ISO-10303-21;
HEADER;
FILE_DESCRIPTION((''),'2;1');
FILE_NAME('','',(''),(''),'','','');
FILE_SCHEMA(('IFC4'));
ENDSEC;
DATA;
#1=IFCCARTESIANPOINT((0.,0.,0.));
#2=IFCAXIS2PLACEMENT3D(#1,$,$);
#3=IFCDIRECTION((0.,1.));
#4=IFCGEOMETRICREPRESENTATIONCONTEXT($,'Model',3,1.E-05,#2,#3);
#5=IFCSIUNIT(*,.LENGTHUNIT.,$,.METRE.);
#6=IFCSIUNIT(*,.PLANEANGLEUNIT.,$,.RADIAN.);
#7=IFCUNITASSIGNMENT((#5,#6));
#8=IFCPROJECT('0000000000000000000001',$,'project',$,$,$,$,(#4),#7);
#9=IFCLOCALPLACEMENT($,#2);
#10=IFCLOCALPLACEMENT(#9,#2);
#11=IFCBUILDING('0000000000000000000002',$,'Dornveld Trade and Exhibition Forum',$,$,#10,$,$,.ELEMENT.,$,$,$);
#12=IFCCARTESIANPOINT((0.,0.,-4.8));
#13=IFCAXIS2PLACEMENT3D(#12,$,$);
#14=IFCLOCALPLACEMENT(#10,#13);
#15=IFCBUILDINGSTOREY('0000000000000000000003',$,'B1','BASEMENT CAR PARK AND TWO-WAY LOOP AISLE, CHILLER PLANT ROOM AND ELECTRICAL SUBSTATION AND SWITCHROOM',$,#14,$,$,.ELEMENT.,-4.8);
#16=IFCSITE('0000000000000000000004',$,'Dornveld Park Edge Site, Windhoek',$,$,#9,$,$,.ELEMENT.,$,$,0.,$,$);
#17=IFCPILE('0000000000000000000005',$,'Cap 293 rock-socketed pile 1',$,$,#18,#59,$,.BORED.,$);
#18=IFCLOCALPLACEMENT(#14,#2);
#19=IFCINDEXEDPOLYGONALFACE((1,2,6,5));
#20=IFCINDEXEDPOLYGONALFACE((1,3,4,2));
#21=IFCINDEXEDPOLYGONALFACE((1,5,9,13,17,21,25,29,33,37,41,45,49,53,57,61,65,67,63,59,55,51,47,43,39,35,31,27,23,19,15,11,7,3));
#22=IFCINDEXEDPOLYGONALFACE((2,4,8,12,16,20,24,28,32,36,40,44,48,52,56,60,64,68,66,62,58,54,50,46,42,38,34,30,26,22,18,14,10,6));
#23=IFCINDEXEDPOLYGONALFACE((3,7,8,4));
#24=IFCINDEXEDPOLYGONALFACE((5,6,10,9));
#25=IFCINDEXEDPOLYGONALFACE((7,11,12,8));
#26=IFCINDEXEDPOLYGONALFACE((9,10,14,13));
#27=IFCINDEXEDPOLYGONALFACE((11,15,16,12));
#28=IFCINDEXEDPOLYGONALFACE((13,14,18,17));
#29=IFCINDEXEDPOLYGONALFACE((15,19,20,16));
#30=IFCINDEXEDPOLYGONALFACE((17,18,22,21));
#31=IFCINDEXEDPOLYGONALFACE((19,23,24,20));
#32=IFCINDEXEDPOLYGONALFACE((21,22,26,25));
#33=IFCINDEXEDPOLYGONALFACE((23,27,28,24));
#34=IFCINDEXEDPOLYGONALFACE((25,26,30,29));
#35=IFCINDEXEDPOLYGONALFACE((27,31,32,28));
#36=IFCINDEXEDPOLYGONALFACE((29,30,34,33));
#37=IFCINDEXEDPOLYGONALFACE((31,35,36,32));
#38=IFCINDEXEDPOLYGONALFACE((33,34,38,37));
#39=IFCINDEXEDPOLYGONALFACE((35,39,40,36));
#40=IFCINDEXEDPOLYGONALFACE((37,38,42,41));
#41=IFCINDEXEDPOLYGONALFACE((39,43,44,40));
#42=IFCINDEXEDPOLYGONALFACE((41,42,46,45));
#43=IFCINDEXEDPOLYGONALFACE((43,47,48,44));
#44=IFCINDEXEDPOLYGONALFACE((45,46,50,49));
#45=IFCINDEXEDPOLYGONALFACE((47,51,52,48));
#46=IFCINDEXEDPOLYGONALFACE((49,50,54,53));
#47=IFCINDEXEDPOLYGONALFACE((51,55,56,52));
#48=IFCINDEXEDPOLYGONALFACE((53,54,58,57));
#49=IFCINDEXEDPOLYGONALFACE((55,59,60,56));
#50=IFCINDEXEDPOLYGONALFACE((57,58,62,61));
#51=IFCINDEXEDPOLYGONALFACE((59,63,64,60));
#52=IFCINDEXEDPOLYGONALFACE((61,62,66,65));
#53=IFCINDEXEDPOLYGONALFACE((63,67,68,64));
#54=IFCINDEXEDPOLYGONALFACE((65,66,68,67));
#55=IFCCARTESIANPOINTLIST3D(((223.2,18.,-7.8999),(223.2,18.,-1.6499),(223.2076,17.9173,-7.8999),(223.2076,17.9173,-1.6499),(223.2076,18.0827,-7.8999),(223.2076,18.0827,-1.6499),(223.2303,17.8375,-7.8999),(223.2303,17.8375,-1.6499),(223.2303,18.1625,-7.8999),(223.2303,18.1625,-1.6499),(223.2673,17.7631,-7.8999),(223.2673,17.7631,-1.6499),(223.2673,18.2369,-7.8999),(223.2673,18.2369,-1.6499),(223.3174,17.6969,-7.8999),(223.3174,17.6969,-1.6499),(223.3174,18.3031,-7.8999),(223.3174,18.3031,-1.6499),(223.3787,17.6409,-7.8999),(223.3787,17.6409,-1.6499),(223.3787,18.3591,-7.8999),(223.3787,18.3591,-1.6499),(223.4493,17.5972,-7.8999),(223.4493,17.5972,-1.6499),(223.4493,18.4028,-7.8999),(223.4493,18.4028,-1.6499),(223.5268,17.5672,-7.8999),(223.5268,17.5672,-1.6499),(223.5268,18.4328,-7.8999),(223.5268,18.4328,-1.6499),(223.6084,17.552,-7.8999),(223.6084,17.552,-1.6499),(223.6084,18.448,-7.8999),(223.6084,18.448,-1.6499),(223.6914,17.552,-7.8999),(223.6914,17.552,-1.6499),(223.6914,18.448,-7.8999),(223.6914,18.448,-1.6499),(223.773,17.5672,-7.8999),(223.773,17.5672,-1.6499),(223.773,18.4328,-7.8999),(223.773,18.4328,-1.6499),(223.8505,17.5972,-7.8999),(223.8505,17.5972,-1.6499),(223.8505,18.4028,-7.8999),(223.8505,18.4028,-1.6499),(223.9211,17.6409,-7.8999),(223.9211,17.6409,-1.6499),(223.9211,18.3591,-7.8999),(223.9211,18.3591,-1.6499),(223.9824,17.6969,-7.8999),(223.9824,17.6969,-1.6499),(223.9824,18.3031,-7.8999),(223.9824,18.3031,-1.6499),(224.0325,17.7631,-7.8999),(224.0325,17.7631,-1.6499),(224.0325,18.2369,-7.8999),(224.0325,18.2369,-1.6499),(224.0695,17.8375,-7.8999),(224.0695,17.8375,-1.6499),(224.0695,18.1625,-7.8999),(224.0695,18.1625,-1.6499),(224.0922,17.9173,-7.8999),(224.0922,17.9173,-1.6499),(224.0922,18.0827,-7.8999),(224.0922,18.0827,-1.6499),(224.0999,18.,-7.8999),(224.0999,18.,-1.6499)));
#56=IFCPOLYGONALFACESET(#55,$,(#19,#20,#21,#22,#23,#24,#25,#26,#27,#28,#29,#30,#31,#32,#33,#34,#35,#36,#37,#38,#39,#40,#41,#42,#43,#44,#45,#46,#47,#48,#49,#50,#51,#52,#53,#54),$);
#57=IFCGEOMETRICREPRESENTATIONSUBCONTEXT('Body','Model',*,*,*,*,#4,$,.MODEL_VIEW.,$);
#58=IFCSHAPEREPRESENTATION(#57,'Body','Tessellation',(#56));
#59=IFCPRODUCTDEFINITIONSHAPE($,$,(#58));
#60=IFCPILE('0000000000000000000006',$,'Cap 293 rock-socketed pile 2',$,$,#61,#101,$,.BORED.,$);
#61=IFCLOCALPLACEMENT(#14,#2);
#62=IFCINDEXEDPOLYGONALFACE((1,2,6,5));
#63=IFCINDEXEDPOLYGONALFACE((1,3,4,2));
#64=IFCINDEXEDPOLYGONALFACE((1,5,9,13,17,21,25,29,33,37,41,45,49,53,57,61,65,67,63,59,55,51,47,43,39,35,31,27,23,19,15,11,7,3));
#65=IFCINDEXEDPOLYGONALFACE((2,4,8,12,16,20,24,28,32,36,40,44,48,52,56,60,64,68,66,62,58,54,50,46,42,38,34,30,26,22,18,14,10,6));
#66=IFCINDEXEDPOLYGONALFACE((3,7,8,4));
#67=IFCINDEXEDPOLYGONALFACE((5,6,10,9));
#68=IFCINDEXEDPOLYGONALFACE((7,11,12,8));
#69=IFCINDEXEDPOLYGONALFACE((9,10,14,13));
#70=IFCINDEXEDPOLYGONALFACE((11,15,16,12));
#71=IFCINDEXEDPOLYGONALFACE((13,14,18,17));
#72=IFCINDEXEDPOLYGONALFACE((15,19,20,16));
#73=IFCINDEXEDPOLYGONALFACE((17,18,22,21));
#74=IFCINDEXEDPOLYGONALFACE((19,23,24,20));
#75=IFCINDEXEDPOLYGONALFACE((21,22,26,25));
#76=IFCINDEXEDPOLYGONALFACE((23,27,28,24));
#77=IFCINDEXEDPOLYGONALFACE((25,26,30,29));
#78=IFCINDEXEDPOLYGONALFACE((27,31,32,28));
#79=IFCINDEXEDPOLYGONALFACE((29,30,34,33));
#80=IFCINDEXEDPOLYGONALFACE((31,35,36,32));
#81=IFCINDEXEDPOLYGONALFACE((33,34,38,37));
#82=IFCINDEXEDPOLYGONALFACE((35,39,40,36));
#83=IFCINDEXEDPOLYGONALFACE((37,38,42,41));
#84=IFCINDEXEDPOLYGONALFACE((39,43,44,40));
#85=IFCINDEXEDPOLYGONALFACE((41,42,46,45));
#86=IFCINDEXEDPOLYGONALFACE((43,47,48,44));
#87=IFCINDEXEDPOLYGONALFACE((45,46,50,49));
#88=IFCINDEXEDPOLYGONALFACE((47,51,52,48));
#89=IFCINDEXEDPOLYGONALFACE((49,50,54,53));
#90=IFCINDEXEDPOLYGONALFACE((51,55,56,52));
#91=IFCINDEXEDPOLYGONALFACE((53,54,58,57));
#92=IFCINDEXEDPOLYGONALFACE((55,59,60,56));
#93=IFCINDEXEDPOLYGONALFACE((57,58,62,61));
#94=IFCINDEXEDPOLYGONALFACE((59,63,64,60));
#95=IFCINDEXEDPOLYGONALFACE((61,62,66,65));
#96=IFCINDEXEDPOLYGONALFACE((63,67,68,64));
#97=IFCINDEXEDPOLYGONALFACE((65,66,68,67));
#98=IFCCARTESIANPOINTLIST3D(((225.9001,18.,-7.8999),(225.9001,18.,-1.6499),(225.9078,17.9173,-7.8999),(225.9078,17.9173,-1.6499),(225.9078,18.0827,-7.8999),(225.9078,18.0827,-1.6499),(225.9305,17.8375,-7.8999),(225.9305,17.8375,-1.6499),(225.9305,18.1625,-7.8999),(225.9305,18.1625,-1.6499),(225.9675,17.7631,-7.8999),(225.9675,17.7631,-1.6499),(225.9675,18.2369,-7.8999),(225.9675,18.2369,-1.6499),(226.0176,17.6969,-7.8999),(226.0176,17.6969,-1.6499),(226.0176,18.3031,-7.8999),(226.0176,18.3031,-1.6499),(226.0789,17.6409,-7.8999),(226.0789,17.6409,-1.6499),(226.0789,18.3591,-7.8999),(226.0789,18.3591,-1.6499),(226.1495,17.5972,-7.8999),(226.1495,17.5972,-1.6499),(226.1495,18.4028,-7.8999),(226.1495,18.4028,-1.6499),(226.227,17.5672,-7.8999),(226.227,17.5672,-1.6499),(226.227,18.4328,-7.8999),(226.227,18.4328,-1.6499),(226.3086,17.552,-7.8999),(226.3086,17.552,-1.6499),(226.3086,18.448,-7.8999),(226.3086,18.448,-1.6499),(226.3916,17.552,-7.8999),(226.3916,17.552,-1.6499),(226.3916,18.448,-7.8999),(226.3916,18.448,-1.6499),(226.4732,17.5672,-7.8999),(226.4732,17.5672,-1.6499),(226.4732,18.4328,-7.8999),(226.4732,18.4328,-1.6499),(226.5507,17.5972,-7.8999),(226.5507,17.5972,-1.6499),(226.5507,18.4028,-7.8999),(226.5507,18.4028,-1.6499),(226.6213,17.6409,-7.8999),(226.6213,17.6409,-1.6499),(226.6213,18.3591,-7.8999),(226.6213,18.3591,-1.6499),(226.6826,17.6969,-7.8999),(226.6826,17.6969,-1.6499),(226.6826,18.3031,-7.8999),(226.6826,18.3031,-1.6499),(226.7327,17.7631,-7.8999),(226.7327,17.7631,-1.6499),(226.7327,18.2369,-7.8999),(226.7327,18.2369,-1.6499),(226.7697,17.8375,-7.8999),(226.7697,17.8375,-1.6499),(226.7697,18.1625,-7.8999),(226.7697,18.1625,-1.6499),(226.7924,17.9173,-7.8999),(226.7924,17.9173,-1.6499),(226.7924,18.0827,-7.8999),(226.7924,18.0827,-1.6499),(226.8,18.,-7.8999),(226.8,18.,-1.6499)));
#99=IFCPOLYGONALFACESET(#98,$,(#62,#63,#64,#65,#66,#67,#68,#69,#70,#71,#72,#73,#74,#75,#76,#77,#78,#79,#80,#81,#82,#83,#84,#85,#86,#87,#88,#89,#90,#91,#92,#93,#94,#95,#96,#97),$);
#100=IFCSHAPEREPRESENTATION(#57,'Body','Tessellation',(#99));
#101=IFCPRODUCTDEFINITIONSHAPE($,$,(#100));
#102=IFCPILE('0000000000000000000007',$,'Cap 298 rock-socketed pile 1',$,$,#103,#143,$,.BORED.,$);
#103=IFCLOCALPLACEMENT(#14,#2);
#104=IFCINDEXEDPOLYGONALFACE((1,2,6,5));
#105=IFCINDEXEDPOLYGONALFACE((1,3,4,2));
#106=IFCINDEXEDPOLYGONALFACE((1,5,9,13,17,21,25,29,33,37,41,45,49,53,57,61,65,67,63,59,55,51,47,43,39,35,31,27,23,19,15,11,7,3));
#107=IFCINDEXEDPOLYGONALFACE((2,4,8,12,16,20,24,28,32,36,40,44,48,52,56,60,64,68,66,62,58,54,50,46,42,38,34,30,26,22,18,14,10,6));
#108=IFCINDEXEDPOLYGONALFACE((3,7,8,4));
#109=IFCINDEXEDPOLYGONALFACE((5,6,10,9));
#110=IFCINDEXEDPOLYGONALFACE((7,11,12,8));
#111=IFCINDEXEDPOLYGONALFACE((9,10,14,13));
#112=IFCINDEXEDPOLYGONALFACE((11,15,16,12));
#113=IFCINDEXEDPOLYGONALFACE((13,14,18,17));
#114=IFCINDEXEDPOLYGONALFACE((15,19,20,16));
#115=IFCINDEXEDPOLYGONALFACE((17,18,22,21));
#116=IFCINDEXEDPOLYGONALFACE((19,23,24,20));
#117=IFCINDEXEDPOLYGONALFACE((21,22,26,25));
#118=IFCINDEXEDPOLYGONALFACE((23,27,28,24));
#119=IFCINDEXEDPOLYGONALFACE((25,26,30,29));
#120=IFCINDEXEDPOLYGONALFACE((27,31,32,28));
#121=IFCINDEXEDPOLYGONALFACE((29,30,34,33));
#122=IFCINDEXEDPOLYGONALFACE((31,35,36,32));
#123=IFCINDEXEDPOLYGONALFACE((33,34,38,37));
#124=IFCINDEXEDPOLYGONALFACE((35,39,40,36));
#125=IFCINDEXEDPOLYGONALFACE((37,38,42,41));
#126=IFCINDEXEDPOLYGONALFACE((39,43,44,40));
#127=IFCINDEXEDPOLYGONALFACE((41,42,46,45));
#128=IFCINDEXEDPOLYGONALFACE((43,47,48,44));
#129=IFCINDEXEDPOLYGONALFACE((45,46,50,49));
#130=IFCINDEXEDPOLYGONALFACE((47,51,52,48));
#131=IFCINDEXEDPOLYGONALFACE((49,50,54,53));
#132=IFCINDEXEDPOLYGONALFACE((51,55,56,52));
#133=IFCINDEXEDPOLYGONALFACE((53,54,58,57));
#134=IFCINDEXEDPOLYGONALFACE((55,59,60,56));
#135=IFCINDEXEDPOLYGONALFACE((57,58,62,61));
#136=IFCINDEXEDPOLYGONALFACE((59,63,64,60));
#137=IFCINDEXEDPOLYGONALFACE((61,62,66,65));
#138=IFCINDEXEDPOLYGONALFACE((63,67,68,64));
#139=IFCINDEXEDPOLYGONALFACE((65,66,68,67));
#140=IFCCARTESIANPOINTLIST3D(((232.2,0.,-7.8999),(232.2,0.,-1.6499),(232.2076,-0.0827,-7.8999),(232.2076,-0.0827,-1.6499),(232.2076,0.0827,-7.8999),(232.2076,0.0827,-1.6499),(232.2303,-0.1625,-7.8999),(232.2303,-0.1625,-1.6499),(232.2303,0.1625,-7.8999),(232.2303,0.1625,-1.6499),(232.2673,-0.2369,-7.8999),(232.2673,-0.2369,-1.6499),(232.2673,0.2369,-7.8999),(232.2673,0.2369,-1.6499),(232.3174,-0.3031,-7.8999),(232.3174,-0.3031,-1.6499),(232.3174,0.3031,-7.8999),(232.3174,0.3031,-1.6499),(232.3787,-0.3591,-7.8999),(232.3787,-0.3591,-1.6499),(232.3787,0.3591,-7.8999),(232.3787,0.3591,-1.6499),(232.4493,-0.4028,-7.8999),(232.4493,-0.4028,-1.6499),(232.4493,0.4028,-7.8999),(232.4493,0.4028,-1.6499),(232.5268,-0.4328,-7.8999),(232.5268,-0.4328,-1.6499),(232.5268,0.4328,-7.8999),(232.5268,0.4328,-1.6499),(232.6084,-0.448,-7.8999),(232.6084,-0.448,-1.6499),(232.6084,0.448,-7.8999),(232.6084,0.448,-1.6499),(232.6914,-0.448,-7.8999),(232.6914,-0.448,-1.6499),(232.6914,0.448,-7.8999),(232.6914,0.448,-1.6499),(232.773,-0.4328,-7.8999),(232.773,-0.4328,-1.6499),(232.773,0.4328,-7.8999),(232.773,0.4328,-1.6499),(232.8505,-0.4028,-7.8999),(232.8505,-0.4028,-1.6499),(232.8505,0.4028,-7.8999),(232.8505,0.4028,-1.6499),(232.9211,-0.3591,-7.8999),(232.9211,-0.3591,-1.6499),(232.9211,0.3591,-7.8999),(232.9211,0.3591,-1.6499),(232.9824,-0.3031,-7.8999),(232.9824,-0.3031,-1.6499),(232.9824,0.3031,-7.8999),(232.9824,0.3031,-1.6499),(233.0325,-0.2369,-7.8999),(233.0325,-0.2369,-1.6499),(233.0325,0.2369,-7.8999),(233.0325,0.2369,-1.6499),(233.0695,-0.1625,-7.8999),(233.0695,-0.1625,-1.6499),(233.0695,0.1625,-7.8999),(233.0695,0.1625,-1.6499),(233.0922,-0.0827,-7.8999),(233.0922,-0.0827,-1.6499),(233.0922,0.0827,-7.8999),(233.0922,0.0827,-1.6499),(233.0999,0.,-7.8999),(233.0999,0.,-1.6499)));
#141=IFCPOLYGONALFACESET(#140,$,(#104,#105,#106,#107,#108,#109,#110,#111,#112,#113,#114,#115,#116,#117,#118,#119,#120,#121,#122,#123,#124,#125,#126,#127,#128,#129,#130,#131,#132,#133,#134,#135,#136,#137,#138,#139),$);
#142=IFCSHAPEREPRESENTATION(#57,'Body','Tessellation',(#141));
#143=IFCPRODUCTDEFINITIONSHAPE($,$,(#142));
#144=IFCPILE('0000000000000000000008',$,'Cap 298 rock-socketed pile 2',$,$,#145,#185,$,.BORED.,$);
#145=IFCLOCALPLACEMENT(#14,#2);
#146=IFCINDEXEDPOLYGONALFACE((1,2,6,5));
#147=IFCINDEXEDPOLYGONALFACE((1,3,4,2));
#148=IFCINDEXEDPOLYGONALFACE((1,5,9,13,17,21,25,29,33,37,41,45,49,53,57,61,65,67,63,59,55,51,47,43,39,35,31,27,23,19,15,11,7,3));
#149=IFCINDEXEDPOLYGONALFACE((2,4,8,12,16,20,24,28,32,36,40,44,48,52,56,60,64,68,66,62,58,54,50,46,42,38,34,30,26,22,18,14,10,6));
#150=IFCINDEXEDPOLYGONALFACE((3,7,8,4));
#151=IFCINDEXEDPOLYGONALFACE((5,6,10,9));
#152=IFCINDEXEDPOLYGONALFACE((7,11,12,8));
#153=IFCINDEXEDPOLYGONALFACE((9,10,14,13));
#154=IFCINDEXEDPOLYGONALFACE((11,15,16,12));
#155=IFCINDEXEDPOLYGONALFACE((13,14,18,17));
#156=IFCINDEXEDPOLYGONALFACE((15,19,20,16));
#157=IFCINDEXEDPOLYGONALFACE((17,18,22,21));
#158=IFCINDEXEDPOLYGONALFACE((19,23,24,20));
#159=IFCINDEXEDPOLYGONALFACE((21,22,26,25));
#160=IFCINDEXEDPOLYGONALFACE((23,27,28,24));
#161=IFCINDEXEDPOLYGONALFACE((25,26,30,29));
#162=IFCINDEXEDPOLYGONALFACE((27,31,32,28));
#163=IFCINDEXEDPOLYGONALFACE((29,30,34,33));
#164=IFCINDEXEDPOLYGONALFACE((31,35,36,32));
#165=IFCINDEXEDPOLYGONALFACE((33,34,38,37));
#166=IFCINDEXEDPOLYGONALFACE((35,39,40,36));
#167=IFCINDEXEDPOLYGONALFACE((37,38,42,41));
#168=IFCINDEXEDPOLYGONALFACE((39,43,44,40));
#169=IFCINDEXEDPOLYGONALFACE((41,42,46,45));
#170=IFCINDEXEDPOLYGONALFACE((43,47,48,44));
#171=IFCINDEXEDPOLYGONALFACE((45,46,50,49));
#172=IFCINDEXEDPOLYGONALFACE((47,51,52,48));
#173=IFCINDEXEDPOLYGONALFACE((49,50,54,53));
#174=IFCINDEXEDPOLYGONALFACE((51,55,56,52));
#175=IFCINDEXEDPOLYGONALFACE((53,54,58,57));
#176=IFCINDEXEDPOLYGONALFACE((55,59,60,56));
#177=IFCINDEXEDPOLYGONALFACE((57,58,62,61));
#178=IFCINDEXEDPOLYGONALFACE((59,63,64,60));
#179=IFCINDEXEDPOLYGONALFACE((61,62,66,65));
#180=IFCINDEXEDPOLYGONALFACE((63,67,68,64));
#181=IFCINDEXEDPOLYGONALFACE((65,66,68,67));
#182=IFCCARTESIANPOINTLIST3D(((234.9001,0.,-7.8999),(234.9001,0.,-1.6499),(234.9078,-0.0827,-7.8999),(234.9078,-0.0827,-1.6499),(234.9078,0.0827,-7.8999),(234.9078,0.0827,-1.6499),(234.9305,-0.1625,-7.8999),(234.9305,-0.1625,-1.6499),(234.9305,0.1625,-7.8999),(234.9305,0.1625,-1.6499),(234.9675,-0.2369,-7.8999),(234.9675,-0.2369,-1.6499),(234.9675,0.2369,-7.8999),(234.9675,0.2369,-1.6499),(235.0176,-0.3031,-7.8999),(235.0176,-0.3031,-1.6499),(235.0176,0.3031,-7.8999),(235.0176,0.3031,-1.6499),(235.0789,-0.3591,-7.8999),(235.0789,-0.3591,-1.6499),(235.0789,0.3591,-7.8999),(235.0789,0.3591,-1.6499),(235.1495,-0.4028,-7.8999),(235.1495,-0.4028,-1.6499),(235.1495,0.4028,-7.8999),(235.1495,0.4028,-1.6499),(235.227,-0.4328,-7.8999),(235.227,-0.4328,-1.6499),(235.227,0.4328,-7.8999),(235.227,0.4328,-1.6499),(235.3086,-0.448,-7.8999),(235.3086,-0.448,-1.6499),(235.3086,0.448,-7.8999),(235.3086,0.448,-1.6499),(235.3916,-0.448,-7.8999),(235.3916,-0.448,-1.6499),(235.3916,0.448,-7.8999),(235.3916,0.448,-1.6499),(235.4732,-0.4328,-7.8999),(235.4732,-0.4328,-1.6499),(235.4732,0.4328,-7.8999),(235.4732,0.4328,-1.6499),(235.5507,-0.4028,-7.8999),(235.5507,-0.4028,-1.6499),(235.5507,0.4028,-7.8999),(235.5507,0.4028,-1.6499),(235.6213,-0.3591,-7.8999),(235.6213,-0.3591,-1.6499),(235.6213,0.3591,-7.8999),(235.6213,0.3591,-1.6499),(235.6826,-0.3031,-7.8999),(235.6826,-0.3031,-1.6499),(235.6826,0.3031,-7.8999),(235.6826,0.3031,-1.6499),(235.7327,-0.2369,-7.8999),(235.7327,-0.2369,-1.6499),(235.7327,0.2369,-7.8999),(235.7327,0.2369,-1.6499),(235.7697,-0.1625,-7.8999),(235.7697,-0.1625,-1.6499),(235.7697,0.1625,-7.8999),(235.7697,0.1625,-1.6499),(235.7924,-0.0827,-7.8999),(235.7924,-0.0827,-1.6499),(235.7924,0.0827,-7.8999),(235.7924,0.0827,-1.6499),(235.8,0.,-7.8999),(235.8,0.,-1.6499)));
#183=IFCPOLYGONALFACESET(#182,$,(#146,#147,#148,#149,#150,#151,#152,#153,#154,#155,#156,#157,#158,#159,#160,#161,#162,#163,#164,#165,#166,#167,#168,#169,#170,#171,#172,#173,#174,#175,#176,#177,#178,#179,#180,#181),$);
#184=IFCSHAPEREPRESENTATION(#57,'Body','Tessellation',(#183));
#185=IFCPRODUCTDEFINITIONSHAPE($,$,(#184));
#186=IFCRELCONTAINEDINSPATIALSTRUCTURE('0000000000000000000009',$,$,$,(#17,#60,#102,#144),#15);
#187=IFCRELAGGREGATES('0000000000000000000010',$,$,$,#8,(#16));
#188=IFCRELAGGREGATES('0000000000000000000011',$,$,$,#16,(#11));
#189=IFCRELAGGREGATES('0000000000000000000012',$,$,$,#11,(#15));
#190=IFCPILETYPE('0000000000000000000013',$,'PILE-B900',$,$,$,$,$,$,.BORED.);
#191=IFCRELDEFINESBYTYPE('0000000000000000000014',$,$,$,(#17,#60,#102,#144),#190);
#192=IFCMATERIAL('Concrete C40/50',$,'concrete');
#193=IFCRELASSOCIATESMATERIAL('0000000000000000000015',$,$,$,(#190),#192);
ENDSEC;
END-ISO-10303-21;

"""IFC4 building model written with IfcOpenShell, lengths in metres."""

from ifc_helpers import new_model, si_unit, direction, frame, origin, origin_2d, place, context, subcontext, project, spatial, circle, extrude, material, material_profile, profile_set, type_object, element, save


model = new_model("IFC4")

# Units and contexts
model_context = context("Model", 3, precision=1e-05, world=origin(), true_north=direction((0.0, 1.0)))
body_context = subcontext(model_context, "Body", "Model", "MODEL_VIEW")
ifc_project = project(units=[si_unit("LENGTHUNIT", "METRE"), si_unit("PLANEANGLEUNIT", "RADIAN")], contexts=[model_context])

# Site, building, storey
site_placement = place(None, origin())
site = spatial("IfcSite", under=ifc_project, at=site_placement, Name="Dornveld Park Edge Site, Windhoek", CompositionType="ELEMENT", RefElevation=0.0)
building_placement = place(site_placement, origin())
building = spatial("IfcBuilding", under=site, at=building_placement, Name="Dornveld Trade and Exhibition Forum", CompositionType="ELEMENT")
storey_placement = place(building_placement, frame((0.0, 0.0, -4.8)))
storey = spatial("IfcBuildingStorey", under=building, at=storey_placement, Name="B1", Description="BASEMENT CAR PARK AND TWO-WAY LOOP AISLE, CHILLER PLANT ROOM AND ELECTRICAL SUBSTATION AND SWITCHROOM", CompositionType="ELEMENT", Elevation=-4.8)

# Piles
ifc_material_1 = material(Name="Concrete C40/50", Category="concrete")
ifc_material_profile_1 = material_profile(ifc_material_1, circle(Radius=0.45, at=origin_2d()), Name="PILE D900")
ifc_profile_set_1 = profile_set([ifc_material_profile_1], Name="Concrete C40/50")
pile_type_1 = type_object("IfcPileType", Name="PILE-B900", PredefinedType="BORED", material=ifc_profile_set_1)
for number, where, z_axis, x_axis, name in (
    (1, (223.6499, 18.0, -1.6499), (0.0, 0.0, -1.0), (1.0, 0.0, 0.0), "Cap 293 rock-socketed pile 1"),
    (2, (226.3501, 18.0, -1.6499), (0.0, 0.0, -1.0), (1.0, 0.0, 0.0), "Cap 293 rock-socketed pile 2"),
    (3, (232.6499, 0.0, -1.6499), (0.0, 0.0, -1.0), (1.0, 0.0, 0.0), "Cap 298 rock-socketed pile 1"),
    (4, (235.3501, 0.0, -1.6499), (0.0, 0.0, -1.0), (1.0, 0.0, 0.0), "Cap 298 rock-socketed pile 2"),
):
    element("IfcPile", number, at=place(storey_placement, frame(where, z_axis=z_axis, x_axis=x_axis)), inside=storey, type_object=pile_type_1, Name=name, PredefinedType="BORED", context=body_context, shape_type="SweptSolid", body=[
        extrude(circle(Radius=0.45, at=origin_2d()), origin(), (0.0, 0.0, 1.0), 6.25),
    ])

save(model, "model.ifc")
